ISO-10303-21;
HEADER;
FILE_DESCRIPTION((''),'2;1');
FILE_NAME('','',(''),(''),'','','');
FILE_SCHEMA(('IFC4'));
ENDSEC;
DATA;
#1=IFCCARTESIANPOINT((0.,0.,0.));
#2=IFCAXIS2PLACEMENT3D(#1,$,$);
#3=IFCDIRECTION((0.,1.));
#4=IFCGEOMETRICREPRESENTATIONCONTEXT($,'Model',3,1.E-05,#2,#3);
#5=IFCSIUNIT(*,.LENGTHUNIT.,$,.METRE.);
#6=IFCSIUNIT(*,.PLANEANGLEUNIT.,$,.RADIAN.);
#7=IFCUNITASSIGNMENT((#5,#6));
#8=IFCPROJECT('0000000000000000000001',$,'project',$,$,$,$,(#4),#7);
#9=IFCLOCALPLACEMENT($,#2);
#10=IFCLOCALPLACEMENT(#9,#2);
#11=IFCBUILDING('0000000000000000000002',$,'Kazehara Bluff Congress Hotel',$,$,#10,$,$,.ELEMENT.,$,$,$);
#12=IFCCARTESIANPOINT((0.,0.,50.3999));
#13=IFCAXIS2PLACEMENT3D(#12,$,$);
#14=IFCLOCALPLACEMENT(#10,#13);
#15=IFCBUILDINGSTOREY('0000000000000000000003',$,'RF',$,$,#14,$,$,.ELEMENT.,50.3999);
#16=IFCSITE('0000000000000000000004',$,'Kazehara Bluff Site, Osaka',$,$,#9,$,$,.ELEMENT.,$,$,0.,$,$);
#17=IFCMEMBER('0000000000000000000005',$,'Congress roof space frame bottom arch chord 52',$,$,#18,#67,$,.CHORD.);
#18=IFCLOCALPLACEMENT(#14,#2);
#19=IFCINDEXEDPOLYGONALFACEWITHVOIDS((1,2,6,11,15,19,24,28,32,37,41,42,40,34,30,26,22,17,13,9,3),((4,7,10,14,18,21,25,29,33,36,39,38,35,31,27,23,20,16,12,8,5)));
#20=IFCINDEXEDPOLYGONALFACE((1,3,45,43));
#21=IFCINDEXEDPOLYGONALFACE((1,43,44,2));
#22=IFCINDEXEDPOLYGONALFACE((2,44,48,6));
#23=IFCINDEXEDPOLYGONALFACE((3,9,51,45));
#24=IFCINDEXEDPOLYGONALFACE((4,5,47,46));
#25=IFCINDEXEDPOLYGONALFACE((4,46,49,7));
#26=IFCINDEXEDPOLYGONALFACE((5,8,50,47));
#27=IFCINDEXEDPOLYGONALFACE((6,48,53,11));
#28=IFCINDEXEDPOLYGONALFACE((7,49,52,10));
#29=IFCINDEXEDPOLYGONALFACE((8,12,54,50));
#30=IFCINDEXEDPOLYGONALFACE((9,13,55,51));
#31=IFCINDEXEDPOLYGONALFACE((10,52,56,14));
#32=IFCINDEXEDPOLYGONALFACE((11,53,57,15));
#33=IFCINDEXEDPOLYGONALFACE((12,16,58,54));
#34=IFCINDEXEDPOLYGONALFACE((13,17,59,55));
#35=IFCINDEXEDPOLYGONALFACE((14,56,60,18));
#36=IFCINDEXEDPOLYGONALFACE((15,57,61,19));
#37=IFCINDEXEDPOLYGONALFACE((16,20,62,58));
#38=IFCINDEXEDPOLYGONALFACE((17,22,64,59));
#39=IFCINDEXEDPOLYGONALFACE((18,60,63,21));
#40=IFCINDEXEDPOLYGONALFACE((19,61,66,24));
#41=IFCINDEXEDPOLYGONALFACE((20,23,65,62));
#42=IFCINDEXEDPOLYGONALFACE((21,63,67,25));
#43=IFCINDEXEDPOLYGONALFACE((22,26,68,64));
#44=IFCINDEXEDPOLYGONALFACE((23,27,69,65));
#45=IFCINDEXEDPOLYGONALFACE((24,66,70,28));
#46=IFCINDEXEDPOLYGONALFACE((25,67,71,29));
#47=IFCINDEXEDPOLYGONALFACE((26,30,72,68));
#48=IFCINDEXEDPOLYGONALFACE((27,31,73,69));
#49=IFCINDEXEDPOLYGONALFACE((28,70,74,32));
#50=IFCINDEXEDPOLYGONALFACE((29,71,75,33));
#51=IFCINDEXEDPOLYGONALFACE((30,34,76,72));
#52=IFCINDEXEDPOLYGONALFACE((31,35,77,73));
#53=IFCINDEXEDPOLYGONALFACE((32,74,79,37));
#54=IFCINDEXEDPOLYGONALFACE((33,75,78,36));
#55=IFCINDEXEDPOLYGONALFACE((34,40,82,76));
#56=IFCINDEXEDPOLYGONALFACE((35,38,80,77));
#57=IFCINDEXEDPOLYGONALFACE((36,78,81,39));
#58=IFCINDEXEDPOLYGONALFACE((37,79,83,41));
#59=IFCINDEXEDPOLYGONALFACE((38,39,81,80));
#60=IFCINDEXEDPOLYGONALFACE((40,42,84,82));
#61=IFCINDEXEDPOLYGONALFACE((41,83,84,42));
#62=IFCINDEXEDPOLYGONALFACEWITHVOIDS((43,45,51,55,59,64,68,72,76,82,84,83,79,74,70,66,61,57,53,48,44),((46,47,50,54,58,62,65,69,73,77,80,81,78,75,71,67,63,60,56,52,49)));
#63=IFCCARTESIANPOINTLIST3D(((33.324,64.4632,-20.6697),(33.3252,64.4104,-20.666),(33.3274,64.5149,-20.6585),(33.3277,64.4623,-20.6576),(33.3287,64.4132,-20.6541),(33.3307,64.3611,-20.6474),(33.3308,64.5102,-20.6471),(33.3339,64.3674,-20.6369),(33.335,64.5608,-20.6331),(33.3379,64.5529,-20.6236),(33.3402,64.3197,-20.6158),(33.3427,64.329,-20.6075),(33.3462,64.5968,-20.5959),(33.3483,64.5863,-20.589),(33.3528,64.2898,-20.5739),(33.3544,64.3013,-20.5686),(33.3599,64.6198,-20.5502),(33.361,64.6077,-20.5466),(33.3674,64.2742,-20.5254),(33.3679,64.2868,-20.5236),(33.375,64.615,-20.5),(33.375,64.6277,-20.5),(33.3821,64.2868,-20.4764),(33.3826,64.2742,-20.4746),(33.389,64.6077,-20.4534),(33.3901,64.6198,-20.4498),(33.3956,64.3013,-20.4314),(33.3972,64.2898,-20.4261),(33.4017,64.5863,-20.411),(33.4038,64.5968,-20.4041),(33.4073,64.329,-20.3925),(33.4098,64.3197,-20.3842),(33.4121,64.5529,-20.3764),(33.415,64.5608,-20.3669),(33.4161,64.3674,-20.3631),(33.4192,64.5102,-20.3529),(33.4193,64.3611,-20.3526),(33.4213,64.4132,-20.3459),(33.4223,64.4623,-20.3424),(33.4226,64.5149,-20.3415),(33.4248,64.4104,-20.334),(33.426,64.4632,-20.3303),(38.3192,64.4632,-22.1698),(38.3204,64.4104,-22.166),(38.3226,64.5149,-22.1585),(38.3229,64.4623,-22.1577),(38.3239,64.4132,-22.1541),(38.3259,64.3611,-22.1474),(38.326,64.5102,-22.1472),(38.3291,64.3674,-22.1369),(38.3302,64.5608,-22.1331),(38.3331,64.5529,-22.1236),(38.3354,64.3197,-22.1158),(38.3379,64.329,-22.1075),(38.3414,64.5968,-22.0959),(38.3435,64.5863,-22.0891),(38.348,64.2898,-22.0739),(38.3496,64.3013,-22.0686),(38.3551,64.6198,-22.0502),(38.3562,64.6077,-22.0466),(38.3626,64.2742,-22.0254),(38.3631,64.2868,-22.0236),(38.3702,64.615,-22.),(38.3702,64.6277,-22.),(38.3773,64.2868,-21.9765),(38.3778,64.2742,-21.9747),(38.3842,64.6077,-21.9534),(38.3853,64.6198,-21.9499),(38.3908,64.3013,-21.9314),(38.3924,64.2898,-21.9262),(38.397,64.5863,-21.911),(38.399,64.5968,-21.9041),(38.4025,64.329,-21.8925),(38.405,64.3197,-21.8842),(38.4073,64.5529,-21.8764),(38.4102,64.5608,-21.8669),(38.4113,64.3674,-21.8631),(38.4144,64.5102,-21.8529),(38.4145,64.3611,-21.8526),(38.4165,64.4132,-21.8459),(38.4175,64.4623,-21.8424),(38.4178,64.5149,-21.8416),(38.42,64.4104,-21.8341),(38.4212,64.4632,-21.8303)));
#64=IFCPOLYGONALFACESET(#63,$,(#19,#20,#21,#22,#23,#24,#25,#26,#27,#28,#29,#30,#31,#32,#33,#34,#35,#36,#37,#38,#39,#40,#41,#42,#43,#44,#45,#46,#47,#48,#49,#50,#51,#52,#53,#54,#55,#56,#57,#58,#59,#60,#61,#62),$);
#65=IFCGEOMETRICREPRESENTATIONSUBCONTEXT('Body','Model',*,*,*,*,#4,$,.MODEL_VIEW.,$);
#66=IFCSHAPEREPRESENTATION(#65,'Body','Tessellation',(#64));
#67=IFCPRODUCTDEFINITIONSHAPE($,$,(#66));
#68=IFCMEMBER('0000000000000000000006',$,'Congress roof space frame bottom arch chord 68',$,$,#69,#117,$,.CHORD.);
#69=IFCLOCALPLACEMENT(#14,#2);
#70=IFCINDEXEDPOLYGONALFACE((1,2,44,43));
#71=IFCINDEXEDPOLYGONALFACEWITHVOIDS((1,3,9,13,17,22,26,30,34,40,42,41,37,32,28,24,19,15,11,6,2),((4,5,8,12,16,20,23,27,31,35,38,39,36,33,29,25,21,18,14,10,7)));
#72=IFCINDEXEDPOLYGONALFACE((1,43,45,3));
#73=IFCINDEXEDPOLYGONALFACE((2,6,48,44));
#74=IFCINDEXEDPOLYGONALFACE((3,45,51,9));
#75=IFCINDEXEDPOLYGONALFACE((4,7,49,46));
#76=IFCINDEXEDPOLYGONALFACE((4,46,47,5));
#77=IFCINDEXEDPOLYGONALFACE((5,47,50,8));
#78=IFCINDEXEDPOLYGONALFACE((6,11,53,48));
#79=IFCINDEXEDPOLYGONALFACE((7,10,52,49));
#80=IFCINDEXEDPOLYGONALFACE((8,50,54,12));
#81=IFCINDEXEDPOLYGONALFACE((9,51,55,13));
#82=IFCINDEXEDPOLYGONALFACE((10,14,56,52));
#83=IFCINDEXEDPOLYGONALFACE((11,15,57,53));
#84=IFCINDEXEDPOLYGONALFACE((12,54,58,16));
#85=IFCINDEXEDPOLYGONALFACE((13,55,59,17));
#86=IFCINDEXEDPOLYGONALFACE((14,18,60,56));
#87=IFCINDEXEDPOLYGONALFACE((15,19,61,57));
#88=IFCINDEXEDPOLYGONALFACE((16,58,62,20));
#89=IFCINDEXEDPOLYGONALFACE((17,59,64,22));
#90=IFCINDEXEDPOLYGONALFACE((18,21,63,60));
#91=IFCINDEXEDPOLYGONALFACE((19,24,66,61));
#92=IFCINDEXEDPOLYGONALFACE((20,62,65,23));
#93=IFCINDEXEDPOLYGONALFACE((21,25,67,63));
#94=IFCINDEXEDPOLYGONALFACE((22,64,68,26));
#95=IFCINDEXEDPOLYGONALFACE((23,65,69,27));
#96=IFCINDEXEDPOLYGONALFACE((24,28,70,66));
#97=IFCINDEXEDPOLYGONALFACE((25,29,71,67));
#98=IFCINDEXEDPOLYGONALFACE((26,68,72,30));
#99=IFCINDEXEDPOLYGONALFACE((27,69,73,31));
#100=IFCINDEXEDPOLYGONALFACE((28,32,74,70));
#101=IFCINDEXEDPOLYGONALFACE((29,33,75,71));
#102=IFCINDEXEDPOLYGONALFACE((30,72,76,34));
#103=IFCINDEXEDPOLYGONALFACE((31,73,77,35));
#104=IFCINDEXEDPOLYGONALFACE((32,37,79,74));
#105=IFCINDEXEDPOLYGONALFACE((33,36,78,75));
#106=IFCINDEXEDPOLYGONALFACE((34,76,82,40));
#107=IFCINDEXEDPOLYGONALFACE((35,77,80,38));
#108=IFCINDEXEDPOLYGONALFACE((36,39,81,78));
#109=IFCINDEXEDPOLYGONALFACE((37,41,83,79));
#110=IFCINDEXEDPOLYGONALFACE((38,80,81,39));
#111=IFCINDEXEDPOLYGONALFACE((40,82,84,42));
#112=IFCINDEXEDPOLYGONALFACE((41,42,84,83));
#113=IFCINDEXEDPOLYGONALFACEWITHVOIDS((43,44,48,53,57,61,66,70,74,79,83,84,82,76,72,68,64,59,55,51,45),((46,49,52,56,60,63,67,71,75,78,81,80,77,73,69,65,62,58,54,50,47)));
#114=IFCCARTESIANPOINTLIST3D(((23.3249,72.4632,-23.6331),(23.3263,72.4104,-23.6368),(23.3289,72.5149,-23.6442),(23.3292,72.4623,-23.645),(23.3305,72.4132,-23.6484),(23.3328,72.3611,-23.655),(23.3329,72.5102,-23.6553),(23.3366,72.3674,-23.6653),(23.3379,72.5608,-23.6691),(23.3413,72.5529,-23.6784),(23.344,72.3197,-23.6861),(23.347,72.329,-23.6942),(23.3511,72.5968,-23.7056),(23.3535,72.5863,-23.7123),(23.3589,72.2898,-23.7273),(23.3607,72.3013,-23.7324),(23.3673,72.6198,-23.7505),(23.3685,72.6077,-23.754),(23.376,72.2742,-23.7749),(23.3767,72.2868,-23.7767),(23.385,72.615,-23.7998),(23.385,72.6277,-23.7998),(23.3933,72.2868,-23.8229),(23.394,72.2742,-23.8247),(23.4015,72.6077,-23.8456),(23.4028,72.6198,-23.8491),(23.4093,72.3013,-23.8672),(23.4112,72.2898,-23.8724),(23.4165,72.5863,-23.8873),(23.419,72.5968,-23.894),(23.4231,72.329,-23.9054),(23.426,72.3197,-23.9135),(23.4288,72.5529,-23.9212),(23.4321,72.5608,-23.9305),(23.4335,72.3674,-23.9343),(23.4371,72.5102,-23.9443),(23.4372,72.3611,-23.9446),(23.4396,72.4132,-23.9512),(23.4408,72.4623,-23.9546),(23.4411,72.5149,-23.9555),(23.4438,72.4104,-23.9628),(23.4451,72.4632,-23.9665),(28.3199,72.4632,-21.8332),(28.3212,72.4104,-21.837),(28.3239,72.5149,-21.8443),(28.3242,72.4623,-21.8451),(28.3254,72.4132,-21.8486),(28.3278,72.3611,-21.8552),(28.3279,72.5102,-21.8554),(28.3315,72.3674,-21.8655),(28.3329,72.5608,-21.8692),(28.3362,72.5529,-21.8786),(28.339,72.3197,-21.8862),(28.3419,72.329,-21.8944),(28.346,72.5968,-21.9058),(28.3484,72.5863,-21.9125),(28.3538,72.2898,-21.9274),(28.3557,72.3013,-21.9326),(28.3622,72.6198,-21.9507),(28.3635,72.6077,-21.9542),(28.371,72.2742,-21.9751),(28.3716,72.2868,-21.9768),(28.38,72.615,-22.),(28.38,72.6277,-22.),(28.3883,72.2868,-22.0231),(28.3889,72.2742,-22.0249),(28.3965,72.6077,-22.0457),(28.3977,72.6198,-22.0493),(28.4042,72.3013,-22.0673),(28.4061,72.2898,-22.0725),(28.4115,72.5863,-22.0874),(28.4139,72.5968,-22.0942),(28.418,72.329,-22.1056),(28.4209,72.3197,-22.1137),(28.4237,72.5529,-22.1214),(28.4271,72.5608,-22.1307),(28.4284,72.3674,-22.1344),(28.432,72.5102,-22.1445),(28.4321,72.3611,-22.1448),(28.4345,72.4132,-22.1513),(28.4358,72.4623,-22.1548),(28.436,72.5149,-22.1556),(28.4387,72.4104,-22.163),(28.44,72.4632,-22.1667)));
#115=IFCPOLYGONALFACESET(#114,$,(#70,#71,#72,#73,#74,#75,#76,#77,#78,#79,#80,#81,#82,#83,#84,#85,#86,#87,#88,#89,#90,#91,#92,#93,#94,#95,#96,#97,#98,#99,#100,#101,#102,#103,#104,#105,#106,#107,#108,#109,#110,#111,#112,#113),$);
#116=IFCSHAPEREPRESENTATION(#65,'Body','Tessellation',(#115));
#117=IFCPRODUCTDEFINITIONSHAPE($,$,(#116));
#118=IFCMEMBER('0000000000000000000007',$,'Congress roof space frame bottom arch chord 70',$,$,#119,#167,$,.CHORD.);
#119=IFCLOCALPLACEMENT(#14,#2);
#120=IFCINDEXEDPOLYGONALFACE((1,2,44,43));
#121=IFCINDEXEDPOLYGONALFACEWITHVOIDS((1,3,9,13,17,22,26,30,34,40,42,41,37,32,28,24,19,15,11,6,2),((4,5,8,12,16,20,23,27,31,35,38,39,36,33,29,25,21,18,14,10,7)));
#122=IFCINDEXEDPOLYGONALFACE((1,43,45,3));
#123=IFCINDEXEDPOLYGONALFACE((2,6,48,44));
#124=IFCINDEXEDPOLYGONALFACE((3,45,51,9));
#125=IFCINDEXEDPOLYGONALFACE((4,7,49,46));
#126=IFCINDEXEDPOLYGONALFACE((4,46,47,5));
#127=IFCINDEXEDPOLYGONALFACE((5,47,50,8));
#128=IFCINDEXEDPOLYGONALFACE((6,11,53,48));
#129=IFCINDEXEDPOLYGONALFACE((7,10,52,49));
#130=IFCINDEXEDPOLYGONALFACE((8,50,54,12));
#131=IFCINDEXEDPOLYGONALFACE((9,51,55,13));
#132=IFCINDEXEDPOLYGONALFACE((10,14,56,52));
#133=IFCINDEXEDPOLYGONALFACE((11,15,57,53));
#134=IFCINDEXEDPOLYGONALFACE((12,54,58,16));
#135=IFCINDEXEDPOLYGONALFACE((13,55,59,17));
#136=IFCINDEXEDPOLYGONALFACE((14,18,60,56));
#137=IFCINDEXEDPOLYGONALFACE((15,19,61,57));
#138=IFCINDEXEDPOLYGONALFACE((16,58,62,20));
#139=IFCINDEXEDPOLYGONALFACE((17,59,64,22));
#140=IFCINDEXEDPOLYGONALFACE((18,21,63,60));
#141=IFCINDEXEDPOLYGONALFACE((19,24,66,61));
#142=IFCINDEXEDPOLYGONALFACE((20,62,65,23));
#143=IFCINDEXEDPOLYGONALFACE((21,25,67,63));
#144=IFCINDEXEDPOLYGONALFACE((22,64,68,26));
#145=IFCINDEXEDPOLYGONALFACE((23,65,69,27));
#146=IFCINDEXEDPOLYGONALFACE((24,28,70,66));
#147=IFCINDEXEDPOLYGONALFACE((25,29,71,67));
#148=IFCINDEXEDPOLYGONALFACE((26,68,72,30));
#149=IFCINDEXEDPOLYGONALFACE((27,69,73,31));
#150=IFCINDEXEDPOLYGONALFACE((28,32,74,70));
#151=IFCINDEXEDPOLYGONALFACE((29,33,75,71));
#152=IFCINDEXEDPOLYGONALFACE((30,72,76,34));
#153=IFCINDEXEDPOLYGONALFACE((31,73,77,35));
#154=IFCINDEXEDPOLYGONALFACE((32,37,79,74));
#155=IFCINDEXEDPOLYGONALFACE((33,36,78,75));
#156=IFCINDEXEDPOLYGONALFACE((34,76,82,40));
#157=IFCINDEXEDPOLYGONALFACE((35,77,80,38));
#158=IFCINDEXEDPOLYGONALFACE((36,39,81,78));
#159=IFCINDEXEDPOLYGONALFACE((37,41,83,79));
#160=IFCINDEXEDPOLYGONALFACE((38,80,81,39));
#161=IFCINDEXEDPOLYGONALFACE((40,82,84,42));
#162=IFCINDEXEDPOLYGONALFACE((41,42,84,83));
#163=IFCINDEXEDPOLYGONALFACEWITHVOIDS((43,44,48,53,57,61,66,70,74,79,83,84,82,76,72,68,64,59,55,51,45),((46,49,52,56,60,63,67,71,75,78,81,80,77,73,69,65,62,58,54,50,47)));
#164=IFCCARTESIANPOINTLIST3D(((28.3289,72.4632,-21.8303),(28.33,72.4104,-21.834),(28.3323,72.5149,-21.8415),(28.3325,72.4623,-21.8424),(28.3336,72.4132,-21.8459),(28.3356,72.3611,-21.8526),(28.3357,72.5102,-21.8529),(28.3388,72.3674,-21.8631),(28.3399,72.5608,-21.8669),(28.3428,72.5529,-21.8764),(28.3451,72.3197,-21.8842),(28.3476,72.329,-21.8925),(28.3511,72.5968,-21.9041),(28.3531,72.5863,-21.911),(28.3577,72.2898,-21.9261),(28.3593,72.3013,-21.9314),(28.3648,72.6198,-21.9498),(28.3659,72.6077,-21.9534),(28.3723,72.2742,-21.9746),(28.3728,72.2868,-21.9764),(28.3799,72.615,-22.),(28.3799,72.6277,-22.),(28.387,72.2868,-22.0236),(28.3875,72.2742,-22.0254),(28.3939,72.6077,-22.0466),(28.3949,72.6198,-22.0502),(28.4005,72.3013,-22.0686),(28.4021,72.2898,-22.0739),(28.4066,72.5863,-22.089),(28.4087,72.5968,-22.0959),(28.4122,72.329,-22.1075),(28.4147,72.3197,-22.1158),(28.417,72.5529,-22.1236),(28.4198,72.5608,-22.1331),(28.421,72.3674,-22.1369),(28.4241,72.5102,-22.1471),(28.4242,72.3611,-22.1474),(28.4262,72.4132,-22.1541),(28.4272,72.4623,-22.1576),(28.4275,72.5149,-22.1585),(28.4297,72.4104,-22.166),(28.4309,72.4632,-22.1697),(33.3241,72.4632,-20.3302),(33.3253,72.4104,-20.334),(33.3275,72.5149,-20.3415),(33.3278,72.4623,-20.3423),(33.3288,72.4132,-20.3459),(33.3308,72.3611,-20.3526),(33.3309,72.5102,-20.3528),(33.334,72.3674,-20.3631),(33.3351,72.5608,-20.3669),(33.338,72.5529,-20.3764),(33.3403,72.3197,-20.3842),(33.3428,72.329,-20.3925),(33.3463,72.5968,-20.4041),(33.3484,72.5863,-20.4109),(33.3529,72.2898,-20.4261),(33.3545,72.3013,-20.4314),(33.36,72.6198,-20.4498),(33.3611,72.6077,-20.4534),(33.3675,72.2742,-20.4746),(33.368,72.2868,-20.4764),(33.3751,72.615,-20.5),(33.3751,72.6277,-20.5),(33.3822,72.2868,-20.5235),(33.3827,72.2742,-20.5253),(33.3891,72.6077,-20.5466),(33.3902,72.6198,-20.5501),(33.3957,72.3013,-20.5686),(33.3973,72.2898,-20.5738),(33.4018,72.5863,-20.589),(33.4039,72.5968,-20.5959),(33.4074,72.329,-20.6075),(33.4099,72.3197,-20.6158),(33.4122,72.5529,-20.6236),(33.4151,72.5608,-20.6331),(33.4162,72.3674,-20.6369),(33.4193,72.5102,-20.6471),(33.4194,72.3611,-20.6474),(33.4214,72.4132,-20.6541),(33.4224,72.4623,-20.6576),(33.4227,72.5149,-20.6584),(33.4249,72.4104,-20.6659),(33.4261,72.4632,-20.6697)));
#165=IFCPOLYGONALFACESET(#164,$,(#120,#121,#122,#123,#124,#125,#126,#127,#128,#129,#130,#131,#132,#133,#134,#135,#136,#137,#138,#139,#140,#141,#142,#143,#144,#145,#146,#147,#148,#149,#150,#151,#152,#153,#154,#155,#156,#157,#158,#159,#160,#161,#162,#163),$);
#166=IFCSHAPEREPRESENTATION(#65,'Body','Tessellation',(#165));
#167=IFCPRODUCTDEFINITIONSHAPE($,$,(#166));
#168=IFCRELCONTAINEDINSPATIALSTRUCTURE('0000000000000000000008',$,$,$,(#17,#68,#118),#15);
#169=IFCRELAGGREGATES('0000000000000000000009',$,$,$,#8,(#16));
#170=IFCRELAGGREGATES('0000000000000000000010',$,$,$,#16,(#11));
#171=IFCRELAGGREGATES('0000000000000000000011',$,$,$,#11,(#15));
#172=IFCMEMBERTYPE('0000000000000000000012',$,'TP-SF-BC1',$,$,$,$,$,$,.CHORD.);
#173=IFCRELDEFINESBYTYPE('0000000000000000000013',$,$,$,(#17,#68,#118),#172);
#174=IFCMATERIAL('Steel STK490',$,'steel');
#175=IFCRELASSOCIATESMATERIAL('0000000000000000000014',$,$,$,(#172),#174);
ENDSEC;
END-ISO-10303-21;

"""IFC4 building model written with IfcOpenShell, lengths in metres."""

from ifc_helpers import new_model, si_unit, direction, frame, origin, origin_2d, place, context, subcontext, project, spatial, hollow_circle, extrude, material, material_profile, profile_set, type_object, element, save


model = new_model("IFC4")

# Units and contexts
model_context = context("Model", 3, precision=1e-05, world=origin(), true_north=direction((0.0, 1.0)))
body_context = subcontext(model_context, "Body", "Model", "MODEL_VIEW")
ifc_project = project(units=[si_unit("LENGTHUNIT", "METRE"), si_unit("PLANEANGLEUNIT", "RADIAN")], contexts=[model_context])

# Site, building, storey
site_placement = place(None, origin())
site = spatial("IfcSite", under=ifc_project, at=site_placement, Name="Kazehara Bluff Site, Osaka", CompositionType="ELEMENT", RefElevation=0.0)
building_placement = place(site_placement, origin())
building = spatial("IfcBuilding", under=site, at=building_placement, Name="Kazehara Bluff Congress Hotel", CompositionType="ELEMENT")
storey_placement = place(building_placement, frame((0.0, 0.0, 50.3999)))
storey = spatial("IfcBuildingStorey", under=building, at=storey_placement, Name="RF", CompositionType="ELEMENT", Elevation=50.3999)

# Members
ifc_material_1 = material(Name="Steel STK490", Category="steel")
ifc_material_profile_1 = material_profile(ifc_material_1, hollow_circle(Radius=0.1777, WallThickness=0.0127, at=origin_2d()))
ifc_profile_set_1 = profile_set([ifc_material_profile_1], Name="Steel STK490")
member_type_1 = type_object("IfcMemberType", Name="TP-SF-BC1", PredefinedType="CHORD", material=ifc_profile_set_1)
member_1_placement = place(storey_placement, frame((33.375, 64.45, -20.5), z_axis=(0.957749, 0.0, -0.287606), x_axis=(0.0, 1.0, 0.0)))
element("IfcMember", 1, at=member_1_placement, inside=storey, type_object=member_type_1, Name="Congress roof space frame bottom arch chord 52", PredefinedType="CHORD", context=body_context, shape_type="SweptSolid", body=[
    extrude(hollow_circle(Radius=0.1777, WallThickness=0.0127, at=origin_2d()), origin(), (0.0, 0.0, 1.0), 5.2156),
])
member_2_placement = place(storey_placement, frame((23.385, 72.45, -23.7998), z_axis=(0.940788, 0.0, 0.338995), x_axis=(0.0, 1.0, 0.0)))
element("IfcMember", 2, at=member_2_placement, inside=storey, type_object=member_type_1, Name="Congress roof space frame bottom arch chord 68", PredefinedType="CHORD", context=body_context, shape_type="SweptSolid", body=[
    extrude(hollow_circle(Radius=0.1777, WallThickness=0.0127, at=origin_2d()), origin(), (0.0, 0.0, 1.0), 5.3093),
])
for number, where, z_axis, x_axis, name in (
    (3, (28.3799, 72.45, -22.0), (0.957749, 0.0, 0.287606), (0.0, 1.0, 0.0), "Congress roof space frame bottom arch chord 70"),
):
    element("IfcMember", number, at=place(storey_placement, frame(where, z_axis=z_axis, x_axis=x_axis)), inside=storey, type_object=member_type_1, Name=name, PredefinedType="CHORD", context=body_context, shape_type="SweptSolid", body=[
        extrude(hollow_circle(Radius=0.1777, WallThickness=0.0127, at=origin_2d()), origin(), (0.0, 0.0, 1.0), 5.2156),
    ])

save(model, "model.ifc")
